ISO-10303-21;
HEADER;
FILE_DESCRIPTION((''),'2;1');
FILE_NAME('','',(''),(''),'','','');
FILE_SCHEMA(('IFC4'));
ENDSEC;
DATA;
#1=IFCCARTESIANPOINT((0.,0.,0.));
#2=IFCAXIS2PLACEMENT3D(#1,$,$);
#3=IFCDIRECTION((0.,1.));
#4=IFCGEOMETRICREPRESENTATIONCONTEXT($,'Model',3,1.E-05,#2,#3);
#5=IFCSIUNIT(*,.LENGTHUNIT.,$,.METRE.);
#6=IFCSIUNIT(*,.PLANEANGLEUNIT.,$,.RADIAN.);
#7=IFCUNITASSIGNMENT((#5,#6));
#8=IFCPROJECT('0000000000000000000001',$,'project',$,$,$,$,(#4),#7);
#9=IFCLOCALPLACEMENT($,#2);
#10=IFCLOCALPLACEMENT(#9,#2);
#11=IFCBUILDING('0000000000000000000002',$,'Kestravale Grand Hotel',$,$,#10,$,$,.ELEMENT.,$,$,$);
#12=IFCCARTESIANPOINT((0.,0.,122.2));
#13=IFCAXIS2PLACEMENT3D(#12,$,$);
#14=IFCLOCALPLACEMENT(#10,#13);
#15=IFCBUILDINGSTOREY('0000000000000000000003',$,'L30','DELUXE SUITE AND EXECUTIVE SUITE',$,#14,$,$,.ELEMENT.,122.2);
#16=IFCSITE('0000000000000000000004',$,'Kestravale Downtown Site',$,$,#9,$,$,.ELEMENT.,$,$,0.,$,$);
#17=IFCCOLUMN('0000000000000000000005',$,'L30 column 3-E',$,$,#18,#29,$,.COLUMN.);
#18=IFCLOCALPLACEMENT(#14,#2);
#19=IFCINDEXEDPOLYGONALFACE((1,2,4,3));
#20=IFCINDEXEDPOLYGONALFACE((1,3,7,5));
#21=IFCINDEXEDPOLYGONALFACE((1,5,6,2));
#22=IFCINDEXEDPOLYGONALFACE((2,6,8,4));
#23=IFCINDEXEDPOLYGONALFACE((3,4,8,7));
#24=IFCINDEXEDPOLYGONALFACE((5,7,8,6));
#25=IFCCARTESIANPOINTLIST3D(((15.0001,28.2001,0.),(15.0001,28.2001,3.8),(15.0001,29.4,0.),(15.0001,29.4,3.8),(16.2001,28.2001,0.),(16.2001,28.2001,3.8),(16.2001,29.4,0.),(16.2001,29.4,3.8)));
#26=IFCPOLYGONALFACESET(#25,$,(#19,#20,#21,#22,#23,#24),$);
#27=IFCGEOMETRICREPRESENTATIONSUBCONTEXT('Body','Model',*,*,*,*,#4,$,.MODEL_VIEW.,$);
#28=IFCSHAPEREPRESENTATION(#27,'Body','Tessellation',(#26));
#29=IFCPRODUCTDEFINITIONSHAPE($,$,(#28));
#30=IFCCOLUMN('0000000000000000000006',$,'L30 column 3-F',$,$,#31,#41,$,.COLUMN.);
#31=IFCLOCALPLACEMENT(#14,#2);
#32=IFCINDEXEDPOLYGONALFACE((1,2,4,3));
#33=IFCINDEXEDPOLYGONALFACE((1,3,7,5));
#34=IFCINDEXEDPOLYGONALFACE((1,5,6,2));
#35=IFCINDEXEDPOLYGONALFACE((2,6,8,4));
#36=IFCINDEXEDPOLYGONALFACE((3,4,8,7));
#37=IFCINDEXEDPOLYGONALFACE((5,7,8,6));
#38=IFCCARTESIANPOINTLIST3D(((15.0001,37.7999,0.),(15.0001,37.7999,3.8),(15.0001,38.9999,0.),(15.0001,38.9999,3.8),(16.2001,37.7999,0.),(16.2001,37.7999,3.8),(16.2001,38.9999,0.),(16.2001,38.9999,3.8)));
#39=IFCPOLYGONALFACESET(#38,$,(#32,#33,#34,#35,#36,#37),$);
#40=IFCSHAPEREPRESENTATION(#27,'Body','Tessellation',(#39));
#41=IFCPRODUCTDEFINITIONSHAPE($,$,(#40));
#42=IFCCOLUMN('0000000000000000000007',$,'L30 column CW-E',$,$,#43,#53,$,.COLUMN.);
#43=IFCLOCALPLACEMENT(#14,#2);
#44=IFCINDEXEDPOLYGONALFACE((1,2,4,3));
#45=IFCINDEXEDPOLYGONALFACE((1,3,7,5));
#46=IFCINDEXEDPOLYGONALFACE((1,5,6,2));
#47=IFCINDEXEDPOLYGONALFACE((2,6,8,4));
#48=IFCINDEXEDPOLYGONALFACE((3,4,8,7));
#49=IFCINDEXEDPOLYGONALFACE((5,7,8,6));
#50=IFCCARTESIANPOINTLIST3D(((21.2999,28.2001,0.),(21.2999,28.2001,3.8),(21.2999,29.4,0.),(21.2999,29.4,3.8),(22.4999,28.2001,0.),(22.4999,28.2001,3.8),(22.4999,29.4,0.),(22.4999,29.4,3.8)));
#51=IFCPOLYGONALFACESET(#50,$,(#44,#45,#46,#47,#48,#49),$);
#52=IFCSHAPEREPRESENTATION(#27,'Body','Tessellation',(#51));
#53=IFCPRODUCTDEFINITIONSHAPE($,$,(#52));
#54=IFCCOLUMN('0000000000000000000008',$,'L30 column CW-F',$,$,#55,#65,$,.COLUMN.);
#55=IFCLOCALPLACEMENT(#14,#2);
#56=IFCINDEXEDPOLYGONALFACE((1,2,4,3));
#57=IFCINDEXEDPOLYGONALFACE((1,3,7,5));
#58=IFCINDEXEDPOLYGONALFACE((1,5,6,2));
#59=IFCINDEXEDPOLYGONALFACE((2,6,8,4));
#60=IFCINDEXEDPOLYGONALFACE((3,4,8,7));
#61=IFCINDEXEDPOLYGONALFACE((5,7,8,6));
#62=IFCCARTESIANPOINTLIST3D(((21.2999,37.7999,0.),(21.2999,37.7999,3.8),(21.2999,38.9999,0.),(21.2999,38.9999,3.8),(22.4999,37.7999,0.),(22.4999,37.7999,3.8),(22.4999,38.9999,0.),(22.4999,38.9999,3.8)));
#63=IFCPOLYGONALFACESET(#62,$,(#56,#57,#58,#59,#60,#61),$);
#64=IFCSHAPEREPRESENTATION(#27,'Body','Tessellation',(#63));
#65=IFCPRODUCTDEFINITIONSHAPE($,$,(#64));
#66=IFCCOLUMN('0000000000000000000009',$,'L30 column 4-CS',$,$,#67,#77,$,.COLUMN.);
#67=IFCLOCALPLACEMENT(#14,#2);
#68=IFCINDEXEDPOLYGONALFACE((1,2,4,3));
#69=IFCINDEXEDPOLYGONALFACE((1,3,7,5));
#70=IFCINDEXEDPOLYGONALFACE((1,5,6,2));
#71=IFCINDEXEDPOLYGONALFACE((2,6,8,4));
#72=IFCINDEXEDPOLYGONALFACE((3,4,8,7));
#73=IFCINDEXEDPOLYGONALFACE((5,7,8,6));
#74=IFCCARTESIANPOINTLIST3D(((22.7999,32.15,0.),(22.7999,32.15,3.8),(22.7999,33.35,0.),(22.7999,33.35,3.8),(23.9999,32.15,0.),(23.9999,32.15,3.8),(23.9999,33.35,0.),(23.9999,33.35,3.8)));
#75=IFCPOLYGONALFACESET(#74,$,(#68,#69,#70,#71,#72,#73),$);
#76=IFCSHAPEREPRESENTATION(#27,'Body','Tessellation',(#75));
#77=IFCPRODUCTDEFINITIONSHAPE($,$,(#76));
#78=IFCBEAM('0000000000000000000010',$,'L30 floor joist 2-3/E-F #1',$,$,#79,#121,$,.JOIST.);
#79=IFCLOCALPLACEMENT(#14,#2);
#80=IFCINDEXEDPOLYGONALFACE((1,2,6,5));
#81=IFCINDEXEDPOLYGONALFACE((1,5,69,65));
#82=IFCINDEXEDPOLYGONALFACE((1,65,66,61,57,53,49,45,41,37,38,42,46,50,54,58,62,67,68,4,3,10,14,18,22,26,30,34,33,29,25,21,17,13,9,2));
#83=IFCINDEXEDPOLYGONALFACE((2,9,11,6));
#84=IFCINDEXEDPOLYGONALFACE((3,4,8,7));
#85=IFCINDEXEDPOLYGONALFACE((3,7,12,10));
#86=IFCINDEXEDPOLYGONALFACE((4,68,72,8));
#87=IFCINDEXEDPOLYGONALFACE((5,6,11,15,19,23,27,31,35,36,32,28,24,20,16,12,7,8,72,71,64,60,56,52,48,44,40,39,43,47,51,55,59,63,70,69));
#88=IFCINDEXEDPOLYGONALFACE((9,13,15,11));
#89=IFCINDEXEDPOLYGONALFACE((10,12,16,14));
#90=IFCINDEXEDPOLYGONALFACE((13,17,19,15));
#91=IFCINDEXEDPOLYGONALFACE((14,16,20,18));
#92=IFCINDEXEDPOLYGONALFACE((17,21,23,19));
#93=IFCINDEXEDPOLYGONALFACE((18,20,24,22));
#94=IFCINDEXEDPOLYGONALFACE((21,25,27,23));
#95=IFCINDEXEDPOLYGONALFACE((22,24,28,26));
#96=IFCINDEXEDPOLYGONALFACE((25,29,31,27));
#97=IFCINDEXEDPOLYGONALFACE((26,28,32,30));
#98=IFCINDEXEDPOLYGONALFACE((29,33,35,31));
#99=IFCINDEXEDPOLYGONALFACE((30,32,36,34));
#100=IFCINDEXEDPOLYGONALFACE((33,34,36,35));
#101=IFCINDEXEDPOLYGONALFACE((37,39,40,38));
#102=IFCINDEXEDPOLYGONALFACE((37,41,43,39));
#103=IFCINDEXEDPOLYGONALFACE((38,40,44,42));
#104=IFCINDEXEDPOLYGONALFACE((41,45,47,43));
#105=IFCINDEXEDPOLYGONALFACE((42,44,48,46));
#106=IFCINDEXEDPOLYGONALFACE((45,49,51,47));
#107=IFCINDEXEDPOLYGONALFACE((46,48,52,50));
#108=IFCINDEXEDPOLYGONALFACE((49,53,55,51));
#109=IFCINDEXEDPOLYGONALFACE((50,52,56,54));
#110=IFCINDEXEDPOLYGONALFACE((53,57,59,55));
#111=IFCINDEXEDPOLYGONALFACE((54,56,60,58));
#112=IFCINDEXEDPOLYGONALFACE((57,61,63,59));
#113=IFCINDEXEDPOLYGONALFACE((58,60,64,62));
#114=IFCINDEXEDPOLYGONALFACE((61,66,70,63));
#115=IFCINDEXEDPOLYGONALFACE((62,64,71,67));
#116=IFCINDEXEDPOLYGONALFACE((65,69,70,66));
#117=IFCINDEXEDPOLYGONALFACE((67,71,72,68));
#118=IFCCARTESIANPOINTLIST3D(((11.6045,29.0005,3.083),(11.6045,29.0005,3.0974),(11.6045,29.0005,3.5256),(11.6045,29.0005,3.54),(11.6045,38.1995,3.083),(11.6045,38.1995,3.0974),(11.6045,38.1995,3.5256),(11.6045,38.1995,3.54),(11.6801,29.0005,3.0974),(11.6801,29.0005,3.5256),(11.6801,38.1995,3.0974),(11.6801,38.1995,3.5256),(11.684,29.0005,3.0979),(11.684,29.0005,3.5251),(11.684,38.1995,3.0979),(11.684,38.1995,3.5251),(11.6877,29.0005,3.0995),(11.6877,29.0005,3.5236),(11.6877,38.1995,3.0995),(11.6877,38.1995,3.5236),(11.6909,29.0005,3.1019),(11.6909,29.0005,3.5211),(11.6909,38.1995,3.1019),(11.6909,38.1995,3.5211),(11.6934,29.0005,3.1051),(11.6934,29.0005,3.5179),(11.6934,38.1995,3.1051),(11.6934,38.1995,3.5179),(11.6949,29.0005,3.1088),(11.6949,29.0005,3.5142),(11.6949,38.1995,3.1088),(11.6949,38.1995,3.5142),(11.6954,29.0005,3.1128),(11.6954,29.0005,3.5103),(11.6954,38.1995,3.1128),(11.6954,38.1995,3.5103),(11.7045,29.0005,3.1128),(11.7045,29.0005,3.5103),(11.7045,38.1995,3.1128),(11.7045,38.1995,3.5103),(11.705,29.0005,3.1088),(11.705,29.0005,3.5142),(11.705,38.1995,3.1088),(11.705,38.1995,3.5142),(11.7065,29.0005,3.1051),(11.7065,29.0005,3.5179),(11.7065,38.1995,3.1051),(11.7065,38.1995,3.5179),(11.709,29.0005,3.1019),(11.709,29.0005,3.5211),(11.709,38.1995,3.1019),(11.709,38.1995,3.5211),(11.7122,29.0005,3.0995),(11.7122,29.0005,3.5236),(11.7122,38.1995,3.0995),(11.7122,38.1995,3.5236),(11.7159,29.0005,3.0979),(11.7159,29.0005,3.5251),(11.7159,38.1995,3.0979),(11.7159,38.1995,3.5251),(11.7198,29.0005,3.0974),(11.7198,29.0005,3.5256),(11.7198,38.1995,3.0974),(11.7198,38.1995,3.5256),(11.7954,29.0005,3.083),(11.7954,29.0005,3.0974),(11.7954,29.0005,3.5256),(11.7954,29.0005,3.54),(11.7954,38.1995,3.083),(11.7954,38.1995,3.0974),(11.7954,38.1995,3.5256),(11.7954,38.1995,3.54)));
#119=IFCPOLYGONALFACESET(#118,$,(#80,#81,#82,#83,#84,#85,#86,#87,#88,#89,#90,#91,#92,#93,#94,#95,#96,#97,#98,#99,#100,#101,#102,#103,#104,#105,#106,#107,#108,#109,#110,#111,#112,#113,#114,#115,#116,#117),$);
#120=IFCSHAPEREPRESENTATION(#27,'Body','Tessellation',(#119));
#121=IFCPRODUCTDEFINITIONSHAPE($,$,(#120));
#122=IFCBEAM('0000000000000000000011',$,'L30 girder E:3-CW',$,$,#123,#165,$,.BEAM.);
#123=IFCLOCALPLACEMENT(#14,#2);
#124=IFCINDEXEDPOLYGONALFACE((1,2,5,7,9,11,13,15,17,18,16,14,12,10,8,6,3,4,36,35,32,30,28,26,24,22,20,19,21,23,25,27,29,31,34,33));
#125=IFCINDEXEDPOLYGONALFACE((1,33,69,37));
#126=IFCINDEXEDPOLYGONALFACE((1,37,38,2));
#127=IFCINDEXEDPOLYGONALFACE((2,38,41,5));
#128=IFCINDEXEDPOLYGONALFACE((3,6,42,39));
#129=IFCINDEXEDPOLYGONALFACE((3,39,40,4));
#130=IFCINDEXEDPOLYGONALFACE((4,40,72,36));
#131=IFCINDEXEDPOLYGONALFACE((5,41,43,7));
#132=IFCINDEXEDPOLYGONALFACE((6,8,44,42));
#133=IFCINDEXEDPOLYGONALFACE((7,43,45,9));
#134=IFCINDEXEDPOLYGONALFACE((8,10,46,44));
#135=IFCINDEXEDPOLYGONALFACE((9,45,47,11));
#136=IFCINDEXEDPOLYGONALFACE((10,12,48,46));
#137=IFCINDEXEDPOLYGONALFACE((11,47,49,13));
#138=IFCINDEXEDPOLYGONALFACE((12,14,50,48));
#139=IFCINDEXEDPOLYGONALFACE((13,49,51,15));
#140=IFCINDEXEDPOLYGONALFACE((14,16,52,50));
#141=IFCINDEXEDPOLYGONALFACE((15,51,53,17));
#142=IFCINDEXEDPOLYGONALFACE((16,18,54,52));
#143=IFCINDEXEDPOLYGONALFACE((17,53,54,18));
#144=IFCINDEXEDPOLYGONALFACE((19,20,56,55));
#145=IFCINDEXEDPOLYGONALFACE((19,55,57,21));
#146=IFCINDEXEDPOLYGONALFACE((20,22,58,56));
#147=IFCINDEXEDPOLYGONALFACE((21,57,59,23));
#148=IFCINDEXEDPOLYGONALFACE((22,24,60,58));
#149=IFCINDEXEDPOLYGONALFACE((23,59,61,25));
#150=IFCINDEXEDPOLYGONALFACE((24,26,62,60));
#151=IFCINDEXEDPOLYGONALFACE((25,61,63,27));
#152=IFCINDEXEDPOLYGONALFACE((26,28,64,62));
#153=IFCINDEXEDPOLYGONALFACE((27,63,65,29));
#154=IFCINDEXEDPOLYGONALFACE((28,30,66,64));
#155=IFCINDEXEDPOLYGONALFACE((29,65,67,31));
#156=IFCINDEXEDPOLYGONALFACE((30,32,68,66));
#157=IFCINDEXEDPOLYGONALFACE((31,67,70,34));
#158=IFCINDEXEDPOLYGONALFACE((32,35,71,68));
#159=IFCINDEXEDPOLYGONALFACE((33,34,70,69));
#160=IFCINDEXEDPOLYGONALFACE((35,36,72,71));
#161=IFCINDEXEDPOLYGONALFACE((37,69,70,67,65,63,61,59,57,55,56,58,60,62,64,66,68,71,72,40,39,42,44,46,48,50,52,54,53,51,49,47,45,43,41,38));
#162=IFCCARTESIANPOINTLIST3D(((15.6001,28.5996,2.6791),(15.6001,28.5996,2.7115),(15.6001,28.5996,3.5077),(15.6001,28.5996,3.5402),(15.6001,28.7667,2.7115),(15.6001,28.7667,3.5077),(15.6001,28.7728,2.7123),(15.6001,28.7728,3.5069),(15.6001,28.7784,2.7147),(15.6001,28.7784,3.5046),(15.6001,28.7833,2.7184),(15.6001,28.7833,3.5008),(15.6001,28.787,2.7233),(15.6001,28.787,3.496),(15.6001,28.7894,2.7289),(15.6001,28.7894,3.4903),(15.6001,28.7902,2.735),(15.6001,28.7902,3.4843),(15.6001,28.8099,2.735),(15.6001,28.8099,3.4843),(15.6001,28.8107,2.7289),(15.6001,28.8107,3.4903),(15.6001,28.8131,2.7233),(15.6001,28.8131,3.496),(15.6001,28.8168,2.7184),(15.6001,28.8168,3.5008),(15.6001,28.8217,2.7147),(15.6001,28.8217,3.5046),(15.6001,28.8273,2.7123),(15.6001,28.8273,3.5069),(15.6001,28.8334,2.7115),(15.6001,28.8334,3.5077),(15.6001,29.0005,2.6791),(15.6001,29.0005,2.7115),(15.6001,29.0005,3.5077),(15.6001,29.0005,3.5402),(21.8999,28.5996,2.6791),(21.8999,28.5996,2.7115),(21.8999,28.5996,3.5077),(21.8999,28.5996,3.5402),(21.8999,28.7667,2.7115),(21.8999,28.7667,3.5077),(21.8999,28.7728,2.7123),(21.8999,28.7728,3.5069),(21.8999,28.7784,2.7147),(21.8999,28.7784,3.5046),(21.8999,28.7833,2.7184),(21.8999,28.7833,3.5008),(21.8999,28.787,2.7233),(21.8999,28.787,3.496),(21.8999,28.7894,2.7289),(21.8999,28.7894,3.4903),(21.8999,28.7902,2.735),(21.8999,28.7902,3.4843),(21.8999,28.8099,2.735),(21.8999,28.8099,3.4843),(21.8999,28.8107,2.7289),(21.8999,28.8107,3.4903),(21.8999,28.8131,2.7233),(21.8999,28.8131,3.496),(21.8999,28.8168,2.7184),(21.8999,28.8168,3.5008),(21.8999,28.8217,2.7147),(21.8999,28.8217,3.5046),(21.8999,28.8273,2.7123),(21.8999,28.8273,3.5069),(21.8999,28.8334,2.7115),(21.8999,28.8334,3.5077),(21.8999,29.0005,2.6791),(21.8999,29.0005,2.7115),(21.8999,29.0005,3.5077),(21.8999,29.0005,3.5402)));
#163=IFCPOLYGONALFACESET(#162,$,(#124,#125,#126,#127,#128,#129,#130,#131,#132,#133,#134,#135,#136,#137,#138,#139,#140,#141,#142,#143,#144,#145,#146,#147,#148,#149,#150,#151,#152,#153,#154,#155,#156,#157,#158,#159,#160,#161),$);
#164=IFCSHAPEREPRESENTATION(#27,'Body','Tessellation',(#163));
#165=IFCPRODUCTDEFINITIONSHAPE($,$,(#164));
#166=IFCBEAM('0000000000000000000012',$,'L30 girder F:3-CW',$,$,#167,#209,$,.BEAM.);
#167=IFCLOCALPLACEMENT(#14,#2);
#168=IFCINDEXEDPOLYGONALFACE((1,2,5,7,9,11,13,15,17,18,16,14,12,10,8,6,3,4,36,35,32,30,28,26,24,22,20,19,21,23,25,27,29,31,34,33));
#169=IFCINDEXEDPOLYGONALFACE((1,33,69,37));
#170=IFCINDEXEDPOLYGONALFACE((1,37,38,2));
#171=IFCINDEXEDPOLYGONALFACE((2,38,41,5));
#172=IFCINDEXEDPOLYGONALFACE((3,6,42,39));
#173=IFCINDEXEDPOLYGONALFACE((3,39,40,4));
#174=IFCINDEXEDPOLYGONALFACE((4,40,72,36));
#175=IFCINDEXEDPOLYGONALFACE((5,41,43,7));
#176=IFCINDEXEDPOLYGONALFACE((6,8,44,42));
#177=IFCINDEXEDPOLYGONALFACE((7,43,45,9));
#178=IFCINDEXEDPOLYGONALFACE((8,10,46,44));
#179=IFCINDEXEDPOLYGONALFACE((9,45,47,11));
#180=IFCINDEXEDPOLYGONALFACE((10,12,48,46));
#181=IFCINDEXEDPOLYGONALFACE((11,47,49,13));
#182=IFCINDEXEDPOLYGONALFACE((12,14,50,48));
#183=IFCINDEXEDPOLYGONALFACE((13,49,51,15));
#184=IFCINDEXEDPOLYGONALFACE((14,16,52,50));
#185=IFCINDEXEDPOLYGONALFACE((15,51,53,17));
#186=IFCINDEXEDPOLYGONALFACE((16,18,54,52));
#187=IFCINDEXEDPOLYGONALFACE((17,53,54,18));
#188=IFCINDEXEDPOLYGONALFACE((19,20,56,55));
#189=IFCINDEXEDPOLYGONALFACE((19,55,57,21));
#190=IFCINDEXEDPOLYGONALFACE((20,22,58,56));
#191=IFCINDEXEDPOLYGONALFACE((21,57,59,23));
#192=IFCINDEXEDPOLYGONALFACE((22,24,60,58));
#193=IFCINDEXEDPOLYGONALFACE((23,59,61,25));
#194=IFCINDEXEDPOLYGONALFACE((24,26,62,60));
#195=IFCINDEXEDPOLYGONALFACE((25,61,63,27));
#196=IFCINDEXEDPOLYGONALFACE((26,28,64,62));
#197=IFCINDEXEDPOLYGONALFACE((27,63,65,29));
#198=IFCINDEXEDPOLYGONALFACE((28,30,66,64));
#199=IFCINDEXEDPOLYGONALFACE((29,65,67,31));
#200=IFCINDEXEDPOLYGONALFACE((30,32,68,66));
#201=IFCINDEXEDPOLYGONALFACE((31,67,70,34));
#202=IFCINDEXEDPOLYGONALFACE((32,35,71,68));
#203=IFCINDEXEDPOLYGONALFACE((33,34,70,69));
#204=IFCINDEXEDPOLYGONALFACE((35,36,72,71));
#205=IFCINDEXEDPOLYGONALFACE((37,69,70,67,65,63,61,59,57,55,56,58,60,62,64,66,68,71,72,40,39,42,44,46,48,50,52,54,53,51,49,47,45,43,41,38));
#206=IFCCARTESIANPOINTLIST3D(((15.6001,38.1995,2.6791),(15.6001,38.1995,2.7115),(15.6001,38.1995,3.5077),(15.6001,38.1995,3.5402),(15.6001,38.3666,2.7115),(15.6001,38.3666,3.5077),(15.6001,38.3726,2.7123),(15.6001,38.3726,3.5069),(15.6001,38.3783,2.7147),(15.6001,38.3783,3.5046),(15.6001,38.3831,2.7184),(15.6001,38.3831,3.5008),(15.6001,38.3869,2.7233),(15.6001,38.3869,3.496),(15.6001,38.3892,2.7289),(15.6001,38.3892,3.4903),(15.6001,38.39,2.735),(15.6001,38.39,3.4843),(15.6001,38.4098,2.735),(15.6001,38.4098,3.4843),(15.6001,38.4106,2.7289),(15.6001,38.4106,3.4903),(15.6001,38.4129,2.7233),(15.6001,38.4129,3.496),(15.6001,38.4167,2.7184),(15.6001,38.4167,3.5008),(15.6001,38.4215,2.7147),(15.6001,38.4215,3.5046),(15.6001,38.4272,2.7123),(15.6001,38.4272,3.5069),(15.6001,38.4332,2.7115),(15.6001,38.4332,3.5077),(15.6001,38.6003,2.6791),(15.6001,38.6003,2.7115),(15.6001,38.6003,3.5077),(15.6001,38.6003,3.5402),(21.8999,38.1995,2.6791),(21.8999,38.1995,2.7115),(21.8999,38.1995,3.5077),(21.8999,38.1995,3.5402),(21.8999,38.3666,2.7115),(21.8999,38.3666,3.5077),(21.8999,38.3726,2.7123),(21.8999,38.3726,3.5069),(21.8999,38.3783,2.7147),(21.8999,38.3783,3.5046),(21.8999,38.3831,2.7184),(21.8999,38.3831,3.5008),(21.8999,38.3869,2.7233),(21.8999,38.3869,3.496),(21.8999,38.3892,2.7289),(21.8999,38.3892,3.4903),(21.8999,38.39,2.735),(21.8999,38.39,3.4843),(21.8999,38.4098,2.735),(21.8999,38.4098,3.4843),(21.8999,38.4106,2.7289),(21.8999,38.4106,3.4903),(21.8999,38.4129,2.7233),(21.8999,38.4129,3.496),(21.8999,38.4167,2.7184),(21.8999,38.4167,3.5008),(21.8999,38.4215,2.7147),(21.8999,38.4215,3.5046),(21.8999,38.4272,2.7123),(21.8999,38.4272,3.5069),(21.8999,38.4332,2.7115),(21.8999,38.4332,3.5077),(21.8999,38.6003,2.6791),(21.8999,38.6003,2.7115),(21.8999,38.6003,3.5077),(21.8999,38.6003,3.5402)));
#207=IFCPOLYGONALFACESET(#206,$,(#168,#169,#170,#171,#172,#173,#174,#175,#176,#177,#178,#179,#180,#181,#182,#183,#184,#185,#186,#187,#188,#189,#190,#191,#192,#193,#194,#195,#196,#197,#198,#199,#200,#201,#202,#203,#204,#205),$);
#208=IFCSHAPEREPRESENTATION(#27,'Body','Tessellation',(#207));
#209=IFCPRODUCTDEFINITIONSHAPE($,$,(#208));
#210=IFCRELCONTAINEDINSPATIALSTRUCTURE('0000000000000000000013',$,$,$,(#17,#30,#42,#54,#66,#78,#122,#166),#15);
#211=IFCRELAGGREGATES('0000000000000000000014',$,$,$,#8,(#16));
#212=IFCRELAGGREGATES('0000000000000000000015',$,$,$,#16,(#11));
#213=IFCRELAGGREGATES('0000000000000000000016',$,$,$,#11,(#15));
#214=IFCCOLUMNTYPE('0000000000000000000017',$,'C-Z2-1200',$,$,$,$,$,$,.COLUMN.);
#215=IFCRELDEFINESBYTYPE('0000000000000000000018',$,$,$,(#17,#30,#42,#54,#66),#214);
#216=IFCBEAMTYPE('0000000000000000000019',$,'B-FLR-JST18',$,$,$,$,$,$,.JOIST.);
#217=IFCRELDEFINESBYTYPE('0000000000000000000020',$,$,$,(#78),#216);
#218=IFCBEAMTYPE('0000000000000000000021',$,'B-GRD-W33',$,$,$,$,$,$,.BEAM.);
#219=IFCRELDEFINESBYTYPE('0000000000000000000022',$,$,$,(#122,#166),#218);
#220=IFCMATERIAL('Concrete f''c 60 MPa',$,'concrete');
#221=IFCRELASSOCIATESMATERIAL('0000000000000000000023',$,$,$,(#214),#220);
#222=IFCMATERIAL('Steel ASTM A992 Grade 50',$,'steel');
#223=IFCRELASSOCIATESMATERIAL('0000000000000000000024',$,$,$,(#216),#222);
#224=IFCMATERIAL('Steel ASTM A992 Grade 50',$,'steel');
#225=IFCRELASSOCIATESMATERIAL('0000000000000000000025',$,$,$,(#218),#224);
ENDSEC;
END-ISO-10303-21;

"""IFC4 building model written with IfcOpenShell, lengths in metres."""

from ifc_helpers import new_model, si_unit, direction, frame, origin, origin_2d, place, context, subcontext, project, spatial, rectangle, i_section, extrude, material, material_profile, profile_set, type_object, element, save


model = new_model("IFC4")

# Units and contexts
model_context = context("Model", 3, precision=1e-05, world=origin(), true_north=direction((0.0, 1.0)))
body_context = subcontext(model_context, "Body", "Model", "MODEL_VIEW")
ifc_project = project(units=[si_unit("LENGTHUNIT", "METRE"), si_unit("PLANEANGLEUNIT", "RADIAN")], contexts=[model_context])

# Site, building, storey
site_placement = place(None, origin())
site = spatial("IfcSite", under=ifc_project, at=site_placement, Name="Kestravale Downtown Site", CompositionType="ELEMENT", RefElevation=0.0)
building_placement = place(site_placement, origin())
building = spatial("IfcBuilding", under=site, at=building_placement, Name="Kestravale Grand Hotel", CompositionType="ELEMENT")
storey_placement = place(building_placement, frame((0.0, 0.0, 122.2)))
storey = spatial("IfcBuildingStorey", under=building, at=storey_placement, Name="L30", Description="DELUXE SUITE AND EXECUTIVE SUITE", CompositionType="ELEMENT", Elevation=122.2)

# Columns
ifc_material_1 = material(Name="Concrete f'c 60 MPa", Category="concrete")
ifc_material_profile_1 = material_profile(ifc_material_1, rectangle(XDim=1.2, YDim=1.2, at=origin_2d()))
ifc_profile_set_1 = profile_set([ifc_material_profile_1], Name="Concrete f'c 60 MPa")
column_type = type_object("IfcColumnType", Name="C-Z2-1200", PredefinedType="COLUMN", material=ifc_profile_set_1)
for number, where, z_axis, x_axis, name in (
    (1, (15.6001, 28.8, 0.0), (0.0, 0.0, 1.0), (1.0, 0.0, 0.0), "L30 column 3-E"),
    (2, (15.6001, 38.3999, 0.0), (0.0, 0.0, 1.0), (1.0, 0.0, 0.0), "L30 column 3-F"),
    (3, (21.8999, 28.8, 0.0), (0.0, 0.0, 1.0), (1.0, 0.0, 0.0), "L30 column CW-E"),
    (4, (21.8999, 38.3999, 0.0), (0.0, 0.0, 1.0), (1.0, 0.0, 0.0), "L30 column CW-F"),
    (5, (23.3999, 32.75, 0.0), (0.0, 0.0, 1.0), (1.0, 0.0, 0.0), "L30 column 4-CS"),
):
    element("IfcColumn", number, at=place(storey_placement, frame(where, z_axis=z_axis, x_axis=x_axis)), inside=storey, type_object=column_type, Name=name, PredefinedType="COLUMN", context=body_context, shape_type="SweptSolid", body=[
        extrude(rectangle(XDim=1.2, YDim=1.2, at=origin_2d()), origin(), (0.0, 0.0, 1.0), 3.8),
    ])

# Beams
ifc_material_2 = material(Name="Steel ASTM A992 Grade 50", Category="steel")
ifc_material_profile_2 = material_profile(ifc_material_2, i_section(OverallWidth=0.1909, OverallDepth=0.457, WebThickness=0.009, FlangeThickness=0.0144, FilletRadius=0.0154, at=origin_2d()))
ifc_profile_set_2 = profile_set([ifc_material_profile_2], Name="Steel ASTM A992 Grade 50")
beam_type_1 = type_object("IfcBeamType", Name="B-FLR-JST18", PredefinedType="JOIST", material=ifc_profile_set_2)
beam_1_placement = place(storey_placement, frame((11.7, 29.0005, 3.3115), z_axis=(0.0, 1.0, 0.0), x_axis=(-1.0, 0.0, 0.0)))
element("IfcBeam", 6, at=beam_1_placement, inside=storey, type_object=beam_type_1, Name="L30 floor joist 2-3/E-F #1", PredefinedType="JOIST", context=body_context, shape_type="SweptSolid", body=[
    extrude(i_section(OverallWidth=0.1909, OverallDepth=0.457, WebThickness=0.009, FlangeThickness=0.0144, FilletRadius=0.0154, at=origin_2d()), origin(), (0.0, 0.0, 1.0), 9.199),
])
ifc_material_3 = material(Name="Steel ASTM A992 Grade 50", Category="steel")
ifc_material_profile_3 = material_profile(ifc_material_3, i_section(OverallWidth=0.4009, OverallDepth=0.8611, WebThickness=0.0198, FlangeThickness=0.0325, FilletRadius=0.0234, at=origin_2d()))
ifc_profile_set_3 = profile_set([ifc_material_profile_3], Name="Steel ASTM A992 Grade 50")
beam_type_2 = type_object("IfcBeamType", Name="B-GRD-W33", PredefinedType="BEAM", material=ifc_profile_set_3)
for number, where, z_axis, x_axis, name in (
    (7, (15.6001, 28.8, 3.1096), (1.0, 0.0, 0.0), (0.0, 1.0, 0.0), "L30 girder E:3-CW"),
    (8, (15.6001, 38.3999, 3.1096), (1.0, 0.0, 0.0), (0.0, 1.0, 0.0), "L30 girder F:3-CW"),
):
    element("IfcBeam", number, at=place(storey_placement, frame(where, z_axis=z_axis, x_axis=x_axis)), inside=storey, type_object=beam_type_2, Name=name, PredefinedType="BEAM", context=body_context, shape_type="SweptSolid", body=[
        extrude(i_section(OverallWidth=0.4009, OverallDepth=0.8611, WebThickness=0.0198, FlangeThickness=0.0325, FilletRadius=0.0234, at=origin_2d()), origin(), (0.0, 0.0, 1.0), 6.2998),
    ])

save(model, "model.ifc")
